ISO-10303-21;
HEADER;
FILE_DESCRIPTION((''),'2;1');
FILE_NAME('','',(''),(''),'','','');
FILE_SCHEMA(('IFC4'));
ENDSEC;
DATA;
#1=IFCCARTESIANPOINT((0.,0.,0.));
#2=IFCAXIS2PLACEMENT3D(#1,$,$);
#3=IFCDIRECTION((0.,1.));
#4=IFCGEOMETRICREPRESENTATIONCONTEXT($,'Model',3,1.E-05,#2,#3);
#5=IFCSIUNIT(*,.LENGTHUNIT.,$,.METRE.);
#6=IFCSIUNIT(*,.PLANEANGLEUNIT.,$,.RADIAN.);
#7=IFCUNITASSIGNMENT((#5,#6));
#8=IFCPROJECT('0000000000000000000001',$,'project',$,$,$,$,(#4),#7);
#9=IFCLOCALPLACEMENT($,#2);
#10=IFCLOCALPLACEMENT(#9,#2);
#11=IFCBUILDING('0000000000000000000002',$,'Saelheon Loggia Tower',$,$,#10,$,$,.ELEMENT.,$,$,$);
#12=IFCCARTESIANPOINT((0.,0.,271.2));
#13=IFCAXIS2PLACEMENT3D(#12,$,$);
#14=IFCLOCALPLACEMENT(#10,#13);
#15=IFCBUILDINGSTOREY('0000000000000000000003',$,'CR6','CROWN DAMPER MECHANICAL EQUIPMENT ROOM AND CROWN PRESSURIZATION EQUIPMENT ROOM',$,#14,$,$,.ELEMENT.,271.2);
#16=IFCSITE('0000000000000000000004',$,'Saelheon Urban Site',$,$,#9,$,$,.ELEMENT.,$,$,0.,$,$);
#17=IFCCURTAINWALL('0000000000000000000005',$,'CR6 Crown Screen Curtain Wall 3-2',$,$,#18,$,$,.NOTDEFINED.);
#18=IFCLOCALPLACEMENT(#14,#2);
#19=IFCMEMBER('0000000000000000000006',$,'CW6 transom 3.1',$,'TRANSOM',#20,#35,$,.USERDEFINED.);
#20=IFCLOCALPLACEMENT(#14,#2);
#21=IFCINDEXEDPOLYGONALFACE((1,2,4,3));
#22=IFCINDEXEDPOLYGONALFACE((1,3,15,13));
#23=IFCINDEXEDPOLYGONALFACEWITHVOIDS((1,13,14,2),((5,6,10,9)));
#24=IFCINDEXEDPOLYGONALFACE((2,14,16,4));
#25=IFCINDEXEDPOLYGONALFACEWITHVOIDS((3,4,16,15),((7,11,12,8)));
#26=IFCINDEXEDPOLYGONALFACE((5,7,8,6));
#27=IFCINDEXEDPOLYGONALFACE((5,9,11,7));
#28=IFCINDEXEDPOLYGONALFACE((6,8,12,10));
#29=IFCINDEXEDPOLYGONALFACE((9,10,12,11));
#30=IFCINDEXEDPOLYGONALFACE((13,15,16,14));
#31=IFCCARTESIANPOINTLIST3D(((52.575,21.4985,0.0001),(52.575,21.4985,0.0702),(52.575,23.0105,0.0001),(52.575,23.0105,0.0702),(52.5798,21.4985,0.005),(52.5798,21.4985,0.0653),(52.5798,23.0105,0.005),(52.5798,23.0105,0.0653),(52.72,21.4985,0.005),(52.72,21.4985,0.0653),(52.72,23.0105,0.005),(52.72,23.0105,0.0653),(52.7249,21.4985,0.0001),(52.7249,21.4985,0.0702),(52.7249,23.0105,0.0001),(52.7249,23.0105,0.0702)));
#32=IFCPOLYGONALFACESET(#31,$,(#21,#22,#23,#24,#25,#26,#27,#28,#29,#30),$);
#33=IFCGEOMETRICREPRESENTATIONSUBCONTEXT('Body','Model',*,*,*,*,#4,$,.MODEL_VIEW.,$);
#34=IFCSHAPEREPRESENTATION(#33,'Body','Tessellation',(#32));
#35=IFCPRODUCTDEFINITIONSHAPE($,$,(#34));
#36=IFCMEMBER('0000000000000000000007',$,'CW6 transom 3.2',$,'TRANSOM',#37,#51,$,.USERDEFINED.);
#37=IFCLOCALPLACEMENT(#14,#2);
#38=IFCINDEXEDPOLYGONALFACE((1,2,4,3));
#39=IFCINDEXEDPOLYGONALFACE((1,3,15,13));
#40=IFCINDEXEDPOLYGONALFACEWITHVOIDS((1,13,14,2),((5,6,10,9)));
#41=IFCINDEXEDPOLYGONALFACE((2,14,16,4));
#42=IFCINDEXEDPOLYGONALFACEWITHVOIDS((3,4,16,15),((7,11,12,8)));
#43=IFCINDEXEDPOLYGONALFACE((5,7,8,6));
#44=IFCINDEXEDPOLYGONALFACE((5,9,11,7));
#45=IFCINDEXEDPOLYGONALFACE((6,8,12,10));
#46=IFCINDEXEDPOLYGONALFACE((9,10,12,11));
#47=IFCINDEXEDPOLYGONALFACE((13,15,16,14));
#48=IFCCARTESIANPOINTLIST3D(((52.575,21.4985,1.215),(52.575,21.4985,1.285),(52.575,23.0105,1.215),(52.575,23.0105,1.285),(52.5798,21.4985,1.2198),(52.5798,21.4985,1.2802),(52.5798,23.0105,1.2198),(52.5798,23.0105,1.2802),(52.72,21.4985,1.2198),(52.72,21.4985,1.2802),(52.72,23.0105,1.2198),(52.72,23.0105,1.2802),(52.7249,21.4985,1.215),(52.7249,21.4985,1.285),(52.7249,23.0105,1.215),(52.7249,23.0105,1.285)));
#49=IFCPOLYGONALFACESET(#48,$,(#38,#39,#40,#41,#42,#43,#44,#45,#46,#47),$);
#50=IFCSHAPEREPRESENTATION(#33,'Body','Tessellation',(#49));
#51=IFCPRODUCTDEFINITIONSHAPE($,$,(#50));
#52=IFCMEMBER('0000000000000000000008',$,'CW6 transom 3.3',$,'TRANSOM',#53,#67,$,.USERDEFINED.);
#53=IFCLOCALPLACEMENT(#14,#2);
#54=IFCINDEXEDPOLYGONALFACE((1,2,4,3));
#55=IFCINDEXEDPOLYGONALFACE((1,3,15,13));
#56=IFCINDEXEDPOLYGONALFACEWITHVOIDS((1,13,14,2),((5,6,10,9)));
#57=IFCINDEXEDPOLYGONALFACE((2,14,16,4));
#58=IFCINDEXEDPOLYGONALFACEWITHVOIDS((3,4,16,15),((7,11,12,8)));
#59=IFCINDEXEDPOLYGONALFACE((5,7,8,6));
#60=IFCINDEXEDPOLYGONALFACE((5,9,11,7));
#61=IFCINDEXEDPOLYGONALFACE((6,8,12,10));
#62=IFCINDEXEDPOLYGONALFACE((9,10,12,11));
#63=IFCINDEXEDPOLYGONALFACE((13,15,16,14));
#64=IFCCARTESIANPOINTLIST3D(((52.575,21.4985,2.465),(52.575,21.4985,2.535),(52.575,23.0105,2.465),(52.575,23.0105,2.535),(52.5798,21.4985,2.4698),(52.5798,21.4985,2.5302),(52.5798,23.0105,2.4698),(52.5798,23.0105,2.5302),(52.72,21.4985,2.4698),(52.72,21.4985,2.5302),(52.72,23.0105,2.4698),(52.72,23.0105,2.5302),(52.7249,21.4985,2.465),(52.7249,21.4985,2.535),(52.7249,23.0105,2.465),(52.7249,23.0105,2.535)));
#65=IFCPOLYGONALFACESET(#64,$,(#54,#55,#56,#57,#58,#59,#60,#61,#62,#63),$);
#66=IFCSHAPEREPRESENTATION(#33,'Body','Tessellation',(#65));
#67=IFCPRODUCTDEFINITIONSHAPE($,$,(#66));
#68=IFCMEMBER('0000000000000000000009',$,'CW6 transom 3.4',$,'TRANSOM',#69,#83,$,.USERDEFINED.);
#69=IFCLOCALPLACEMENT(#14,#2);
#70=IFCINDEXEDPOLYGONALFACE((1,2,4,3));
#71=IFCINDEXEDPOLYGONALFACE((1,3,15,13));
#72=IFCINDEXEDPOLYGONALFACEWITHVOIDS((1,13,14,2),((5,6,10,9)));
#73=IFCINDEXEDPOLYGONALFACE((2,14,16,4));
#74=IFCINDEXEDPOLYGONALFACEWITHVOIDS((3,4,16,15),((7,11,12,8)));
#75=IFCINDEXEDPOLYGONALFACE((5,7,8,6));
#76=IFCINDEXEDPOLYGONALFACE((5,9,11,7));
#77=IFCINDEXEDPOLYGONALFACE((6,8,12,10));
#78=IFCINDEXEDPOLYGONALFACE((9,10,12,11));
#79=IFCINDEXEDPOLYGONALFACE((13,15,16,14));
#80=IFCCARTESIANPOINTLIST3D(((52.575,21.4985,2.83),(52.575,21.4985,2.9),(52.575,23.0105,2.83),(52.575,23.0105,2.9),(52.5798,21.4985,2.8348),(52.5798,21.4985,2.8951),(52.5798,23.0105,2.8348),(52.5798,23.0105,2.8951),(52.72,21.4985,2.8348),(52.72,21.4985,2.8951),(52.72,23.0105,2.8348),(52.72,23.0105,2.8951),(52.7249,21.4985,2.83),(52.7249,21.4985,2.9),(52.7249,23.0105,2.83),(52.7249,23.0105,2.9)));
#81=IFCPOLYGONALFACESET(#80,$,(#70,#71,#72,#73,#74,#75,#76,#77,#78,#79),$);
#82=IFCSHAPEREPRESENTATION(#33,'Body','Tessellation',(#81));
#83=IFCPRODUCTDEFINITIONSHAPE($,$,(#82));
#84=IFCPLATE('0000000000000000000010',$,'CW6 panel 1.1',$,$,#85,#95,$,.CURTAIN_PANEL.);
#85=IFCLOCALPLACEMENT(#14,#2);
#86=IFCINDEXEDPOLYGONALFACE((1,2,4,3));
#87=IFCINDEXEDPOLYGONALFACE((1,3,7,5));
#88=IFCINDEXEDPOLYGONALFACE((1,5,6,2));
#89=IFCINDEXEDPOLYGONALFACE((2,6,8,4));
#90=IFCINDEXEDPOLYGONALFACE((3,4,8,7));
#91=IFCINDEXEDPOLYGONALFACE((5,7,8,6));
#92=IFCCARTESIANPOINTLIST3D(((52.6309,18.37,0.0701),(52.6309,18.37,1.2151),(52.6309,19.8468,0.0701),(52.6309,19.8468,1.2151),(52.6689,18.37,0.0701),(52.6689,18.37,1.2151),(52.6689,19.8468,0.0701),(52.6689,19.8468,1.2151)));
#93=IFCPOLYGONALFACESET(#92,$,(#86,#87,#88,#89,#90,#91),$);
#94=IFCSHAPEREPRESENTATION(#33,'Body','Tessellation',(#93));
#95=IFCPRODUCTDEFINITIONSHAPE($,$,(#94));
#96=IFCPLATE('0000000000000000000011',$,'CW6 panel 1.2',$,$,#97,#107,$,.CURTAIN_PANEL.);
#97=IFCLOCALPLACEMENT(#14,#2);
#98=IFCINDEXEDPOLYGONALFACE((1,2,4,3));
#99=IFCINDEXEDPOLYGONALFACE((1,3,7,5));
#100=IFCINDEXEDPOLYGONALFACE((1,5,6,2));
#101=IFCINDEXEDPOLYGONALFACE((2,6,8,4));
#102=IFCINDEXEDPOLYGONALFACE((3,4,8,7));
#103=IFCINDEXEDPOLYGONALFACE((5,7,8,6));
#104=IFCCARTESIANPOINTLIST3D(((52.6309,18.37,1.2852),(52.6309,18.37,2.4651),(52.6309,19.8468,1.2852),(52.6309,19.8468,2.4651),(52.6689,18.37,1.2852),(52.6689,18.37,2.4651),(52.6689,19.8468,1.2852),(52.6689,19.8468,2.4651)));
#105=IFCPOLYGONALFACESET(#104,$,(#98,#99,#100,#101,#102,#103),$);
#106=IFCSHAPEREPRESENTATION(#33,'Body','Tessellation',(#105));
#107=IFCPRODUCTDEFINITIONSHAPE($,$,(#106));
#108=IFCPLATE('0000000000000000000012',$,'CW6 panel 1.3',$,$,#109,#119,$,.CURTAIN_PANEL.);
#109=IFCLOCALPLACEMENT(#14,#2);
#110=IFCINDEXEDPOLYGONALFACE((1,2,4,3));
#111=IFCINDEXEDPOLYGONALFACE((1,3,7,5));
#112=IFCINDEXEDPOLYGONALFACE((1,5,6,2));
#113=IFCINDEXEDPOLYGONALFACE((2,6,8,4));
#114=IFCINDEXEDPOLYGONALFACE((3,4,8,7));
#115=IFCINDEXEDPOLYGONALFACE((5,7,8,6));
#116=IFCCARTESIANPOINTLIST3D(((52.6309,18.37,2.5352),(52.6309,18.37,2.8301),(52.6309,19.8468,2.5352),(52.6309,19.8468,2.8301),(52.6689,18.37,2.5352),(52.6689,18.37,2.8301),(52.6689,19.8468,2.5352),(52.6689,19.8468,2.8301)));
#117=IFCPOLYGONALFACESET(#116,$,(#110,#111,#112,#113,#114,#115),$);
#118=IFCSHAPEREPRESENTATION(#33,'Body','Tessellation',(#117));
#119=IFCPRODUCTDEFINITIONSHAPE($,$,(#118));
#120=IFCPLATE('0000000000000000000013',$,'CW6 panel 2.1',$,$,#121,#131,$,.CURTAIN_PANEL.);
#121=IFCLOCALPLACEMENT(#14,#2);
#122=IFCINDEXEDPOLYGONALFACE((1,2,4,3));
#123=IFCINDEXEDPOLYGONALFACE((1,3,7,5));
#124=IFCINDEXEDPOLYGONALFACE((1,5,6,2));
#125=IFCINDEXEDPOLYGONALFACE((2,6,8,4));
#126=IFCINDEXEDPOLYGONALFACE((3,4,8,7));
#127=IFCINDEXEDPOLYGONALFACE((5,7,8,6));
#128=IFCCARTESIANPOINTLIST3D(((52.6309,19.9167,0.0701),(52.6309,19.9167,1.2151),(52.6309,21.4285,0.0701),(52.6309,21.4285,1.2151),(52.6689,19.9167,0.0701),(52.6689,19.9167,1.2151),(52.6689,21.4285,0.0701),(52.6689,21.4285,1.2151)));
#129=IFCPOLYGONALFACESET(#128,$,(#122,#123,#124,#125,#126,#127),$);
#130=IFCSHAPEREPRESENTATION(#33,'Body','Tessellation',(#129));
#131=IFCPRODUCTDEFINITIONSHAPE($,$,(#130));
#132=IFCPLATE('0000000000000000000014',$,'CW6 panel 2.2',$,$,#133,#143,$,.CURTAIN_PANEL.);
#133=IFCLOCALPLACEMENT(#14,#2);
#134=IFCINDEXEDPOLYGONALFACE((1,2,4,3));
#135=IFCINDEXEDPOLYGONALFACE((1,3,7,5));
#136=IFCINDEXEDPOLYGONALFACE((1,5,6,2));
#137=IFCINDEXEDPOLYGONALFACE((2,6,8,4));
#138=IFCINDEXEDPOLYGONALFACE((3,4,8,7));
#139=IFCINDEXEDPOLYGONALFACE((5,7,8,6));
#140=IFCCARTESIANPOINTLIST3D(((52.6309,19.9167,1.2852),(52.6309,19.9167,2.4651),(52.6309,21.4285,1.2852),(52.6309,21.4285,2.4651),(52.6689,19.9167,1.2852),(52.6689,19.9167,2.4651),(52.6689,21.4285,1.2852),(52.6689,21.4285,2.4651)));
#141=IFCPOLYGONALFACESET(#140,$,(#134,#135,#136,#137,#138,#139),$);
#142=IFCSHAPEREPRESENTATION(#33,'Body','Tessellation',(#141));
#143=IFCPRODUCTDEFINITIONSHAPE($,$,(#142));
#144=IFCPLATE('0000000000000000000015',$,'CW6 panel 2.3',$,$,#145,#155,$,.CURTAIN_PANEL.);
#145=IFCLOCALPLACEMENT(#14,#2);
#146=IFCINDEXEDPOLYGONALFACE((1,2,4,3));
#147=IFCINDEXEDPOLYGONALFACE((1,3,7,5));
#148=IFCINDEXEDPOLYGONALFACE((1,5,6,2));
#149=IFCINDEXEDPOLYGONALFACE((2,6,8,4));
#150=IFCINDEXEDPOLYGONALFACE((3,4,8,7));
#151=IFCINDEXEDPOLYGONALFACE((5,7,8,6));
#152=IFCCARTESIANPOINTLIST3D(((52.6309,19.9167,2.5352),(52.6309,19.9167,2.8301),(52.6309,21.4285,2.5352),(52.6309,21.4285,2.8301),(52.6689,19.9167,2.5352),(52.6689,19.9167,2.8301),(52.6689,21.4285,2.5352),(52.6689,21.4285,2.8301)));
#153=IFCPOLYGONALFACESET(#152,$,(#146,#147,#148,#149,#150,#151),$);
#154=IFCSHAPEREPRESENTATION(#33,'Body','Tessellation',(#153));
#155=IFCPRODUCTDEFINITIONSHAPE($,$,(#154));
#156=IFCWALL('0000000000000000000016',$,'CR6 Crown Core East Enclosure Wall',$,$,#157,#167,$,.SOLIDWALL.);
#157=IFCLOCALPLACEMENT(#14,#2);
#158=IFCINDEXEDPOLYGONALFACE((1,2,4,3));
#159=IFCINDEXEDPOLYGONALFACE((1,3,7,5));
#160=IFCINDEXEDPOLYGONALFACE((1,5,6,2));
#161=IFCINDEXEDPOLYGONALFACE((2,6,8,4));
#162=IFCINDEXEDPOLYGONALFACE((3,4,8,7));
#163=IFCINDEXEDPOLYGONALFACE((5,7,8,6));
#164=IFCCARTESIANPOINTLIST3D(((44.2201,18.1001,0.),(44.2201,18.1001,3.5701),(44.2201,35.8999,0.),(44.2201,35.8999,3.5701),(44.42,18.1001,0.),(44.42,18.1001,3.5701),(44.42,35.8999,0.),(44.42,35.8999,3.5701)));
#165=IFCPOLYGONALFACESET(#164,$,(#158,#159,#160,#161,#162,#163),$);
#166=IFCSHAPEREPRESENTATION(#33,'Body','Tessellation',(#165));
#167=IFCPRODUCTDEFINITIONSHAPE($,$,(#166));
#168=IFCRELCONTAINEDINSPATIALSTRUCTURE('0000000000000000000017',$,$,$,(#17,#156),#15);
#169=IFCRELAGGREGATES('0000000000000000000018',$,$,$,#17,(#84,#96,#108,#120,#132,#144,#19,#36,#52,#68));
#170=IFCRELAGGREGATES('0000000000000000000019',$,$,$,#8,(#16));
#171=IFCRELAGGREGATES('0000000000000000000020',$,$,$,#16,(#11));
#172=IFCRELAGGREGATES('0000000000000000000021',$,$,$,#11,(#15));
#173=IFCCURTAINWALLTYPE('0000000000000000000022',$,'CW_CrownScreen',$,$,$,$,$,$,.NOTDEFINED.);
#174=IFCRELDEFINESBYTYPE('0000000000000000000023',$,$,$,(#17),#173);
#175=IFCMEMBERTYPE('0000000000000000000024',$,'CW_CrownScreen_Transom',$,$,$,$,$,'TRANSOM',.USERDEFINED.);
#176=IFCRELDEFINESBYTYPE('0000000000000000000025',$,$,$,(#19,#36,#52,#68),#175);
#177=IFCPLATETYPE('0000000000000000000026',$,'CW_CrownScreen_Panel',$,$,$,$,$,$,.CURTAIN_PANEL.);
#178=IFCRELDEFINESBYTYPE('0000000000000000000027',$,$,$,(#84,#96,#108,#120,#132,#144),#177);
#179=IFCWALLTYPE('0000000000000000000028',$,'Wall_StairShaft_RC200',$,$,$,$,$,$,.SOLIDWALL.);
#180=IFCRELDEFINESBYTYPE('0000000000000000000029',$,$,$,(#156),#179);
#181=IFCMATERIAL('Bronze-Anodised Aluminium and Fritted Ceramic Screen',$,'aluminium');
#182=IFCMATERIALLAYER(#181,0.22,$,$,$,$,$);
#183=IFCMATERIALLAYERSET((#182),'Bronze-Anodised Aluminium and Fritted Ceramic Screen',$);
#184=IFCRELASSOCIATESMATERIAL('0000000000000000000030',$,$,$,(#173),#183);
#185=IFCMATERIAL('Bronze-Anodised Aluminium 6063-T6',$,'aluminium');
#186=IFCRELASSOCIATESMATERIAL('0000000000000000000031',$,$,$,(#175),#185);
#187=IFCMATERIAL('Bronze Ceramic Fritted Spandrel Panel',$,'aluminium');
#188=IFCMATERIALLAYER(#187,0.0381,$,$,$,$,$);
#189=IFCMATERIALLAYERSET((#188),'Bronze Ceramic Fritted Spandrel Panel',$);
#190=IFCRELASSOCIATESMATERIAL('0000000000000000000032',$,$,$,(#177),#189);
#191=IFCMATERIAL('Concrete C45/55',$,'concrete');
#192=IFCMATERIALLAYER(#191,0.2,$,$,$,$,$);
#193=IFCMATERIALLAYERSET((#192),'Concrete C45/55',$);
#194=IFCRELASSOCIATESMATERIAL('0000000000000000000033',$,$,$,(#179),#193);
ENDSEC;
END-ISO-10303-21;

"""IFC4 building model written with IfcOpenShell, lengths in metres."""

from ifc_helpers import new_model, si_unit, direction, frame, frame_2d, origin, origin_2d, place, context, subcontext, project, spatial, rectangle, hollow_rectangle, extrude, source, transform, mapped, material, layer, layer_set, material_profile, profile_set, type_object, element, aggregate, save


model = new_model("IFC4")

# Units and contexts
model_context = context("Model", 3, precision=1e-05, world=origin(), true_north=direction((0.0, 1.0)))
body_context = subcontext(model_context, "Body", "Model", "MODEL_VIEW")
ifc_project = project(units=[si_unit("LENGTHUNIT", "METRE"), si_unit("PLANEANGLEUNIT", "RADIAN")], contexts=[model_context])

# Site, building, storey
site_placement = place(None, origin())
site = spatial("IfcSite", under=ifc_project, at=site_placement, Name="Saelheon Urban Site", CompositionType="ELEMENT", RefElevation=0.0)
building_placement = place(site_placement, origin())
building = spatial("IfcBuilding", under=site, at=building_placement, Name="Saelheon Loggia Tower", CompositionType="ELEMENT")
storey_placement = place(building_placement, frame((0.0, 0.0, 271.2)))
storey = spatial("IfcBuildingStorey", under=building, at=storey_placement, Name="CR6", Description="CROWN DAMPER MECHANICAL EQUIPMENT ROOM AND CROWN PRESSURIZATION EQUIPMENT ROOM", CompositionType="ELEMENT", Elevation=271.2)

# Curtain wall, members, plates
ifc_material_1 = material(Name="Bronze-Anodised Aluminium and Fritted Ceramic Screen", Category="aluminium")
ifc_layer_1 = layer(ifc_material_1, 0.22)
ifc_layer_set_1 = layer_set([ifc_layer_1], Name="Bronze-Anodised Aluminium and Fritted Ceramic Screen")
curtain_wall_type = type_object("IfcCurtainWallType", Name="CW_CrownScreen", PredefinedType="NOTDEFINED", material=ifc_layer_set_1)
curtain_wall_placement = place(storey_placement, origin())
curtain_wall = element("IfcCurtainWall", 1, at=curtain_wall_placement, inside=storey, type_object=curtain_wall_type, Name="CR6 Crown Screen Curtain Wall 3-2", PredefinedType="NOTDEFINED")
ifc_material_2 = material(Name="Bronze-Anodised Aluminium 6063-T6", Category="aluminium")
ifc_material_profile_1 = material_profile(ifc_material_2, hollow_rectangle(XDim=0.0701, YDim=0.1499, WallThickness=0.0049, at=origin_2d()), Name="RHS-150x70x5")
ifc_profile_set_1 = profile_set([ifc_material_profile_1], Name="Bronze-Anodised Aluminium 6063-T6")
member_type_1 = type_object("IfcMemberType", Name="CW_CrownScreen_Transom", ElementType="TRANSOM", PredefinedType="USERDEFINED", material=ifc_profile_set_1)
shared_shape_1 = source(origin(), body_context, "Body", "SweptSolid", [
    extrude(hollow_rectangle(XDim=0.0701, YDim=0.1499, WallThickness=0.0049, at=origin_2d()), origin(), (0.0, 0.0, 1.0), 1.512),
])
member_1_placement = place(storey_placement, frame((52.6499, 21.4985, 0.0352), z_axis=(0.0, 1.0, 0.0), x_axis=(0.0, 0.0, 1.0)))
member_1 = element("IfcMember", 2, at=member_1_placement, type_object=member_type_1, Name="CW6 transom 3.1", ObjectType="TRANSOM", PredefinedType="USERDEFINED", context=body_context, shape_type="MappedRepresentation", body=[
    mapped(shared_shape_1, transform((0.0, 0.0, 0.0), scale=1.0)),
])
member_2_placement = place(storey_placement, frame((52.6499, 21.4985, 1.25), z_axis=(0.0, 1.0, 0.0), x_axis=(0.0, 0.0, 1.0)))
member_2 = element("IfcMember", 3, at=member_2_placement, type_object=member_type_1, Name="CW6 transom 3.2", ObjectType="TRANSOM", PredefinedType="USERDEFINED", context=body_context, shape_type="MappedRepresentation", body=[
    mapped(shared_shape_1, transform((0.0, 0.0, 0.0), scale=1.0)),
])
member_3_placement = place(storey_placement, frame((52.6499, 21.4985, 2.5), z_axis=(0.0, 1.0, 0.0), x_axis=(0.0, 0.0, 1.0)))
member_3 = element("IfcMember", 4, at=member_3_placement, type_object=member_type_1, Name="CW6 transom 3.3", ObjectType="TRANSOM", PredefinedType="USERDEFINED", context=body_context, shape_type="MappedRepresentation", body=[
    mapped(shared_shape_1, transform((0.0, 0.0, 0.0), scale=1.0)),
])
member_4_placement = place(storey_placement, frame((52.6499, 21.4985, 2.865), z_axis=(0.0, 1.0, 0.0), x_axis=(0.0, 0.0, 1.0)))
member_4 = element("IfcMember", 5, at=member_4_placement, type_object=member_type_1, Name="CW6 transom 3.4", ObjectType="TRANSOM", PredefinedType="USERDEFINED", context=body_context, shape_type="MappedRepresentation", body=[
    mapped(shared_shape_1, transform((0.0, 0.0, 0.0), scale=1.0)),
])
ifc_material_3 = material(Name="Bronze Ceramic Fritted Spandrel Panel", Category="aluminium")
ifc_layer_2 = layer(ifc_material_3, 0.0381)
ifc_layer_set_2 = layer_set([ifc_layer_2], Name="Bronze Ceramic Fritted Spandrel Panel")
plate_type = type_object("IfcPlateType", Name="CW_CrownScreen_Panel", PredefinedType="CURTAIN_PANEL", material=ifc_layer_set_2)
shared_shape_2 = source(origin(), body_context, "Body", "SweptSolid", [
    extrude(rectangle(XDim=1.4768, YDim=0.0381, at=origin_2d()), origin(), (0.0, 0.0, 1.0), 1.145),
])
plate_1_placement = place(storey_placement, frame((52.6499, 19.1084, 0.0701), z_axis=(0.0, 0.0, 1.0), x_axis=(0.0, 1.0, 0.0)))
plate_1 = element("IfcPlate", 6, at=plate_1_placement, type_object=plate_type, Name="CW6 panel 1.1", PredefinedType="CURTAIN_PANEL", context=body_context, shape_type="MappedRepresentation", body=[
    mapped(shared_shape_2, transform((0.0, 0.0, 0.0), scale=1.0)),
])
shared_shape_3 = source(origin(), body_context, "Body", "SweptSolid", [
    extrude(rectangle(XDim=1.4768, YDim=0.0381, at=origin_2d()), origin(), (0.0, 0.0, 1.0), 1.1799),
])
plate_2_placement = place(storey_placement, frame((52.6499, 19.1084, 1.2852), z_axis=(0.0, 0.0, 1.0), x_axis=(0.0, 1.0, 0.0)))
plate_2 = element("IfcPlate", 7, at=plate_2_placement, type_object=plate_type, Name="CW6 panel 1.2", PredefinedType="CURTAIN_PANEL", context=body_context, shape_type="MappedRepresentation", body=[
    mapped(shared_shape_3, transform((0.0, 0.0, 0.0), scale=1.0)),
])
shared_shape_4 = source(origin(), body_context, "Body", "SweptSolid", [
    extrude(rectangle(XDim=1.4768, YDim=0.0381, at=origin_2d()), origin(), (0.0, 0.0, 1.0), 0.2949),
])
plate_3_placement = place(storey_placement, frame((52.6499, 19.1084, 2.5352), z_axis=(0.0, 0.0, 1.0), x_axis=(0.0, 1.0, 0.0)))
plate_3 = element("IfcPlate", 8, at=plate_3_placement, type_object=plate_type, Name="CW6 panel 1.3", PredefinedType="CURTAIN_PANEL", context=body_context, shape_type="MappedRepresentation", body=[
    mapped(shared_shape_4, transform((0.0, 0.0, 0.0), scale=1.0)),
])
shared_shape_5 = source(origin(), body_context, "Body", "SweptSolid", [
    extrude(rectangle(XDim=1.5117, YDim=0.0381, at=origin_2d()), origin(), (0.0, 0.0, 1.0), 1.145),
])
plate_4_placement = place(storey_placement, frame((52.6499, 20.6726, 0.0701), z_axis=(0.0, 0.0, 1.0), x_axis=(0.0, 1.0, 0.0)))
plate_4 = element("IfcPlate", 9, at=plate_4_placement, type_object=plate_type, Name="CW6 panel 2.1", PredefinedType="CURTAIN_PANEL", context=body_context, shape_type="MappedRepresentation", body=[
    mapped(shared_shape_5, transform((0.0, 0.0, 0.0), scale=1.0)),
])
shared_shape_6 = source(origin(), body_context, "Body", "SweptSolid", [
    extrude(rectangle(XDim=1.5117, YDim=0.0381, at=origin_2d()), origin(), (0.0, 0.0, 1.0), 1.1799),
])
plate_5_placement = place(storey_placement, frame((52.6499, 20.6726, 1.2852), z_axis=(0.0, 0.0, 1.0), x_axis=(0.0, 1.0, 0.0)))
plate_5 = element("IfcPlate", 10, at=plate_5_placement, type_object=plate_type, Name="CW6 panel 2.2", PredefinedType="CURTAIN_PANEL", context=body_context, shape_type="MappedRepresentation", body=[
    mapped(shared_shape_6, transform((0.0, 0.0, 0.0), scale=1.0)),
])
shared_shape_7 = source(origin(), body_context, "Body", "SweptSolid", [
    extrude(rectangle(XDim=1.5117, YDim=0.0381, at=origin_2d()), origin(), (0.0, 0.0, 1.0), 0.2949),
])
plate_6_placement = place(storey_placement, frame((52.6499, 20.6726, 2.5352), z_axis=(0.0, 0.0, 1.0), x_axis=(0.0, 1.0, 0.0)))
plate_6 = element("IfcPlate", 11, at=plate_6_placement, type_object=plate_type, Name="CW6 panel 2.3", PredefinedType="CURTAIN_PANEL", context=body_context, shape_type="MappedRepresentation", body=[
    mapped(shared_shape_7, transform((0.0, 0.0, 0.0), scale=1.0)),
])
aggregate(curtain_wall, [plate_1, plate_2, plate_3, plate_4, plate_5, plate_6, member_1, member_2, member_3, member_4])

# Wall
ifc_material_4 = material(Name="Concrete C45/55", Category="concrete")
ifc_layer_3 = layer(ifc_material_4, 0.2)
ifc_layer_set_3 = layer_set([ifc_layer_3], Name="Concrete C45/55")
wall_type = type_object("IfcWallType", Name="Wall_StairShaft_RC200", PredefinedType="SOLIDWALL", material=ifc_layer_set_3)
wall_placement = place(storey_placement, frame((44.3201, 18.1001, 0.0), z_axis=(0.0, 0.0, 1.0), x_axis=(0.0, 1.0, 0.0)))
element("IfcWall", 12, at=wall_placement, inside=storey, type_object=wall_type, Name="CR6 Crown Core East Enclosure Wall", PredefinedType="SOLIDWALL", context=body_context, shape_type="SweptSolid", body=[
    extrude(rectangle(XDim=17.7998, YDim=0.2, at=frame_2d((8.8999, 0.0))), origin(), (0.0, 0.0, 1.0), 3.5701),
])

save(model, "model.ifc")
